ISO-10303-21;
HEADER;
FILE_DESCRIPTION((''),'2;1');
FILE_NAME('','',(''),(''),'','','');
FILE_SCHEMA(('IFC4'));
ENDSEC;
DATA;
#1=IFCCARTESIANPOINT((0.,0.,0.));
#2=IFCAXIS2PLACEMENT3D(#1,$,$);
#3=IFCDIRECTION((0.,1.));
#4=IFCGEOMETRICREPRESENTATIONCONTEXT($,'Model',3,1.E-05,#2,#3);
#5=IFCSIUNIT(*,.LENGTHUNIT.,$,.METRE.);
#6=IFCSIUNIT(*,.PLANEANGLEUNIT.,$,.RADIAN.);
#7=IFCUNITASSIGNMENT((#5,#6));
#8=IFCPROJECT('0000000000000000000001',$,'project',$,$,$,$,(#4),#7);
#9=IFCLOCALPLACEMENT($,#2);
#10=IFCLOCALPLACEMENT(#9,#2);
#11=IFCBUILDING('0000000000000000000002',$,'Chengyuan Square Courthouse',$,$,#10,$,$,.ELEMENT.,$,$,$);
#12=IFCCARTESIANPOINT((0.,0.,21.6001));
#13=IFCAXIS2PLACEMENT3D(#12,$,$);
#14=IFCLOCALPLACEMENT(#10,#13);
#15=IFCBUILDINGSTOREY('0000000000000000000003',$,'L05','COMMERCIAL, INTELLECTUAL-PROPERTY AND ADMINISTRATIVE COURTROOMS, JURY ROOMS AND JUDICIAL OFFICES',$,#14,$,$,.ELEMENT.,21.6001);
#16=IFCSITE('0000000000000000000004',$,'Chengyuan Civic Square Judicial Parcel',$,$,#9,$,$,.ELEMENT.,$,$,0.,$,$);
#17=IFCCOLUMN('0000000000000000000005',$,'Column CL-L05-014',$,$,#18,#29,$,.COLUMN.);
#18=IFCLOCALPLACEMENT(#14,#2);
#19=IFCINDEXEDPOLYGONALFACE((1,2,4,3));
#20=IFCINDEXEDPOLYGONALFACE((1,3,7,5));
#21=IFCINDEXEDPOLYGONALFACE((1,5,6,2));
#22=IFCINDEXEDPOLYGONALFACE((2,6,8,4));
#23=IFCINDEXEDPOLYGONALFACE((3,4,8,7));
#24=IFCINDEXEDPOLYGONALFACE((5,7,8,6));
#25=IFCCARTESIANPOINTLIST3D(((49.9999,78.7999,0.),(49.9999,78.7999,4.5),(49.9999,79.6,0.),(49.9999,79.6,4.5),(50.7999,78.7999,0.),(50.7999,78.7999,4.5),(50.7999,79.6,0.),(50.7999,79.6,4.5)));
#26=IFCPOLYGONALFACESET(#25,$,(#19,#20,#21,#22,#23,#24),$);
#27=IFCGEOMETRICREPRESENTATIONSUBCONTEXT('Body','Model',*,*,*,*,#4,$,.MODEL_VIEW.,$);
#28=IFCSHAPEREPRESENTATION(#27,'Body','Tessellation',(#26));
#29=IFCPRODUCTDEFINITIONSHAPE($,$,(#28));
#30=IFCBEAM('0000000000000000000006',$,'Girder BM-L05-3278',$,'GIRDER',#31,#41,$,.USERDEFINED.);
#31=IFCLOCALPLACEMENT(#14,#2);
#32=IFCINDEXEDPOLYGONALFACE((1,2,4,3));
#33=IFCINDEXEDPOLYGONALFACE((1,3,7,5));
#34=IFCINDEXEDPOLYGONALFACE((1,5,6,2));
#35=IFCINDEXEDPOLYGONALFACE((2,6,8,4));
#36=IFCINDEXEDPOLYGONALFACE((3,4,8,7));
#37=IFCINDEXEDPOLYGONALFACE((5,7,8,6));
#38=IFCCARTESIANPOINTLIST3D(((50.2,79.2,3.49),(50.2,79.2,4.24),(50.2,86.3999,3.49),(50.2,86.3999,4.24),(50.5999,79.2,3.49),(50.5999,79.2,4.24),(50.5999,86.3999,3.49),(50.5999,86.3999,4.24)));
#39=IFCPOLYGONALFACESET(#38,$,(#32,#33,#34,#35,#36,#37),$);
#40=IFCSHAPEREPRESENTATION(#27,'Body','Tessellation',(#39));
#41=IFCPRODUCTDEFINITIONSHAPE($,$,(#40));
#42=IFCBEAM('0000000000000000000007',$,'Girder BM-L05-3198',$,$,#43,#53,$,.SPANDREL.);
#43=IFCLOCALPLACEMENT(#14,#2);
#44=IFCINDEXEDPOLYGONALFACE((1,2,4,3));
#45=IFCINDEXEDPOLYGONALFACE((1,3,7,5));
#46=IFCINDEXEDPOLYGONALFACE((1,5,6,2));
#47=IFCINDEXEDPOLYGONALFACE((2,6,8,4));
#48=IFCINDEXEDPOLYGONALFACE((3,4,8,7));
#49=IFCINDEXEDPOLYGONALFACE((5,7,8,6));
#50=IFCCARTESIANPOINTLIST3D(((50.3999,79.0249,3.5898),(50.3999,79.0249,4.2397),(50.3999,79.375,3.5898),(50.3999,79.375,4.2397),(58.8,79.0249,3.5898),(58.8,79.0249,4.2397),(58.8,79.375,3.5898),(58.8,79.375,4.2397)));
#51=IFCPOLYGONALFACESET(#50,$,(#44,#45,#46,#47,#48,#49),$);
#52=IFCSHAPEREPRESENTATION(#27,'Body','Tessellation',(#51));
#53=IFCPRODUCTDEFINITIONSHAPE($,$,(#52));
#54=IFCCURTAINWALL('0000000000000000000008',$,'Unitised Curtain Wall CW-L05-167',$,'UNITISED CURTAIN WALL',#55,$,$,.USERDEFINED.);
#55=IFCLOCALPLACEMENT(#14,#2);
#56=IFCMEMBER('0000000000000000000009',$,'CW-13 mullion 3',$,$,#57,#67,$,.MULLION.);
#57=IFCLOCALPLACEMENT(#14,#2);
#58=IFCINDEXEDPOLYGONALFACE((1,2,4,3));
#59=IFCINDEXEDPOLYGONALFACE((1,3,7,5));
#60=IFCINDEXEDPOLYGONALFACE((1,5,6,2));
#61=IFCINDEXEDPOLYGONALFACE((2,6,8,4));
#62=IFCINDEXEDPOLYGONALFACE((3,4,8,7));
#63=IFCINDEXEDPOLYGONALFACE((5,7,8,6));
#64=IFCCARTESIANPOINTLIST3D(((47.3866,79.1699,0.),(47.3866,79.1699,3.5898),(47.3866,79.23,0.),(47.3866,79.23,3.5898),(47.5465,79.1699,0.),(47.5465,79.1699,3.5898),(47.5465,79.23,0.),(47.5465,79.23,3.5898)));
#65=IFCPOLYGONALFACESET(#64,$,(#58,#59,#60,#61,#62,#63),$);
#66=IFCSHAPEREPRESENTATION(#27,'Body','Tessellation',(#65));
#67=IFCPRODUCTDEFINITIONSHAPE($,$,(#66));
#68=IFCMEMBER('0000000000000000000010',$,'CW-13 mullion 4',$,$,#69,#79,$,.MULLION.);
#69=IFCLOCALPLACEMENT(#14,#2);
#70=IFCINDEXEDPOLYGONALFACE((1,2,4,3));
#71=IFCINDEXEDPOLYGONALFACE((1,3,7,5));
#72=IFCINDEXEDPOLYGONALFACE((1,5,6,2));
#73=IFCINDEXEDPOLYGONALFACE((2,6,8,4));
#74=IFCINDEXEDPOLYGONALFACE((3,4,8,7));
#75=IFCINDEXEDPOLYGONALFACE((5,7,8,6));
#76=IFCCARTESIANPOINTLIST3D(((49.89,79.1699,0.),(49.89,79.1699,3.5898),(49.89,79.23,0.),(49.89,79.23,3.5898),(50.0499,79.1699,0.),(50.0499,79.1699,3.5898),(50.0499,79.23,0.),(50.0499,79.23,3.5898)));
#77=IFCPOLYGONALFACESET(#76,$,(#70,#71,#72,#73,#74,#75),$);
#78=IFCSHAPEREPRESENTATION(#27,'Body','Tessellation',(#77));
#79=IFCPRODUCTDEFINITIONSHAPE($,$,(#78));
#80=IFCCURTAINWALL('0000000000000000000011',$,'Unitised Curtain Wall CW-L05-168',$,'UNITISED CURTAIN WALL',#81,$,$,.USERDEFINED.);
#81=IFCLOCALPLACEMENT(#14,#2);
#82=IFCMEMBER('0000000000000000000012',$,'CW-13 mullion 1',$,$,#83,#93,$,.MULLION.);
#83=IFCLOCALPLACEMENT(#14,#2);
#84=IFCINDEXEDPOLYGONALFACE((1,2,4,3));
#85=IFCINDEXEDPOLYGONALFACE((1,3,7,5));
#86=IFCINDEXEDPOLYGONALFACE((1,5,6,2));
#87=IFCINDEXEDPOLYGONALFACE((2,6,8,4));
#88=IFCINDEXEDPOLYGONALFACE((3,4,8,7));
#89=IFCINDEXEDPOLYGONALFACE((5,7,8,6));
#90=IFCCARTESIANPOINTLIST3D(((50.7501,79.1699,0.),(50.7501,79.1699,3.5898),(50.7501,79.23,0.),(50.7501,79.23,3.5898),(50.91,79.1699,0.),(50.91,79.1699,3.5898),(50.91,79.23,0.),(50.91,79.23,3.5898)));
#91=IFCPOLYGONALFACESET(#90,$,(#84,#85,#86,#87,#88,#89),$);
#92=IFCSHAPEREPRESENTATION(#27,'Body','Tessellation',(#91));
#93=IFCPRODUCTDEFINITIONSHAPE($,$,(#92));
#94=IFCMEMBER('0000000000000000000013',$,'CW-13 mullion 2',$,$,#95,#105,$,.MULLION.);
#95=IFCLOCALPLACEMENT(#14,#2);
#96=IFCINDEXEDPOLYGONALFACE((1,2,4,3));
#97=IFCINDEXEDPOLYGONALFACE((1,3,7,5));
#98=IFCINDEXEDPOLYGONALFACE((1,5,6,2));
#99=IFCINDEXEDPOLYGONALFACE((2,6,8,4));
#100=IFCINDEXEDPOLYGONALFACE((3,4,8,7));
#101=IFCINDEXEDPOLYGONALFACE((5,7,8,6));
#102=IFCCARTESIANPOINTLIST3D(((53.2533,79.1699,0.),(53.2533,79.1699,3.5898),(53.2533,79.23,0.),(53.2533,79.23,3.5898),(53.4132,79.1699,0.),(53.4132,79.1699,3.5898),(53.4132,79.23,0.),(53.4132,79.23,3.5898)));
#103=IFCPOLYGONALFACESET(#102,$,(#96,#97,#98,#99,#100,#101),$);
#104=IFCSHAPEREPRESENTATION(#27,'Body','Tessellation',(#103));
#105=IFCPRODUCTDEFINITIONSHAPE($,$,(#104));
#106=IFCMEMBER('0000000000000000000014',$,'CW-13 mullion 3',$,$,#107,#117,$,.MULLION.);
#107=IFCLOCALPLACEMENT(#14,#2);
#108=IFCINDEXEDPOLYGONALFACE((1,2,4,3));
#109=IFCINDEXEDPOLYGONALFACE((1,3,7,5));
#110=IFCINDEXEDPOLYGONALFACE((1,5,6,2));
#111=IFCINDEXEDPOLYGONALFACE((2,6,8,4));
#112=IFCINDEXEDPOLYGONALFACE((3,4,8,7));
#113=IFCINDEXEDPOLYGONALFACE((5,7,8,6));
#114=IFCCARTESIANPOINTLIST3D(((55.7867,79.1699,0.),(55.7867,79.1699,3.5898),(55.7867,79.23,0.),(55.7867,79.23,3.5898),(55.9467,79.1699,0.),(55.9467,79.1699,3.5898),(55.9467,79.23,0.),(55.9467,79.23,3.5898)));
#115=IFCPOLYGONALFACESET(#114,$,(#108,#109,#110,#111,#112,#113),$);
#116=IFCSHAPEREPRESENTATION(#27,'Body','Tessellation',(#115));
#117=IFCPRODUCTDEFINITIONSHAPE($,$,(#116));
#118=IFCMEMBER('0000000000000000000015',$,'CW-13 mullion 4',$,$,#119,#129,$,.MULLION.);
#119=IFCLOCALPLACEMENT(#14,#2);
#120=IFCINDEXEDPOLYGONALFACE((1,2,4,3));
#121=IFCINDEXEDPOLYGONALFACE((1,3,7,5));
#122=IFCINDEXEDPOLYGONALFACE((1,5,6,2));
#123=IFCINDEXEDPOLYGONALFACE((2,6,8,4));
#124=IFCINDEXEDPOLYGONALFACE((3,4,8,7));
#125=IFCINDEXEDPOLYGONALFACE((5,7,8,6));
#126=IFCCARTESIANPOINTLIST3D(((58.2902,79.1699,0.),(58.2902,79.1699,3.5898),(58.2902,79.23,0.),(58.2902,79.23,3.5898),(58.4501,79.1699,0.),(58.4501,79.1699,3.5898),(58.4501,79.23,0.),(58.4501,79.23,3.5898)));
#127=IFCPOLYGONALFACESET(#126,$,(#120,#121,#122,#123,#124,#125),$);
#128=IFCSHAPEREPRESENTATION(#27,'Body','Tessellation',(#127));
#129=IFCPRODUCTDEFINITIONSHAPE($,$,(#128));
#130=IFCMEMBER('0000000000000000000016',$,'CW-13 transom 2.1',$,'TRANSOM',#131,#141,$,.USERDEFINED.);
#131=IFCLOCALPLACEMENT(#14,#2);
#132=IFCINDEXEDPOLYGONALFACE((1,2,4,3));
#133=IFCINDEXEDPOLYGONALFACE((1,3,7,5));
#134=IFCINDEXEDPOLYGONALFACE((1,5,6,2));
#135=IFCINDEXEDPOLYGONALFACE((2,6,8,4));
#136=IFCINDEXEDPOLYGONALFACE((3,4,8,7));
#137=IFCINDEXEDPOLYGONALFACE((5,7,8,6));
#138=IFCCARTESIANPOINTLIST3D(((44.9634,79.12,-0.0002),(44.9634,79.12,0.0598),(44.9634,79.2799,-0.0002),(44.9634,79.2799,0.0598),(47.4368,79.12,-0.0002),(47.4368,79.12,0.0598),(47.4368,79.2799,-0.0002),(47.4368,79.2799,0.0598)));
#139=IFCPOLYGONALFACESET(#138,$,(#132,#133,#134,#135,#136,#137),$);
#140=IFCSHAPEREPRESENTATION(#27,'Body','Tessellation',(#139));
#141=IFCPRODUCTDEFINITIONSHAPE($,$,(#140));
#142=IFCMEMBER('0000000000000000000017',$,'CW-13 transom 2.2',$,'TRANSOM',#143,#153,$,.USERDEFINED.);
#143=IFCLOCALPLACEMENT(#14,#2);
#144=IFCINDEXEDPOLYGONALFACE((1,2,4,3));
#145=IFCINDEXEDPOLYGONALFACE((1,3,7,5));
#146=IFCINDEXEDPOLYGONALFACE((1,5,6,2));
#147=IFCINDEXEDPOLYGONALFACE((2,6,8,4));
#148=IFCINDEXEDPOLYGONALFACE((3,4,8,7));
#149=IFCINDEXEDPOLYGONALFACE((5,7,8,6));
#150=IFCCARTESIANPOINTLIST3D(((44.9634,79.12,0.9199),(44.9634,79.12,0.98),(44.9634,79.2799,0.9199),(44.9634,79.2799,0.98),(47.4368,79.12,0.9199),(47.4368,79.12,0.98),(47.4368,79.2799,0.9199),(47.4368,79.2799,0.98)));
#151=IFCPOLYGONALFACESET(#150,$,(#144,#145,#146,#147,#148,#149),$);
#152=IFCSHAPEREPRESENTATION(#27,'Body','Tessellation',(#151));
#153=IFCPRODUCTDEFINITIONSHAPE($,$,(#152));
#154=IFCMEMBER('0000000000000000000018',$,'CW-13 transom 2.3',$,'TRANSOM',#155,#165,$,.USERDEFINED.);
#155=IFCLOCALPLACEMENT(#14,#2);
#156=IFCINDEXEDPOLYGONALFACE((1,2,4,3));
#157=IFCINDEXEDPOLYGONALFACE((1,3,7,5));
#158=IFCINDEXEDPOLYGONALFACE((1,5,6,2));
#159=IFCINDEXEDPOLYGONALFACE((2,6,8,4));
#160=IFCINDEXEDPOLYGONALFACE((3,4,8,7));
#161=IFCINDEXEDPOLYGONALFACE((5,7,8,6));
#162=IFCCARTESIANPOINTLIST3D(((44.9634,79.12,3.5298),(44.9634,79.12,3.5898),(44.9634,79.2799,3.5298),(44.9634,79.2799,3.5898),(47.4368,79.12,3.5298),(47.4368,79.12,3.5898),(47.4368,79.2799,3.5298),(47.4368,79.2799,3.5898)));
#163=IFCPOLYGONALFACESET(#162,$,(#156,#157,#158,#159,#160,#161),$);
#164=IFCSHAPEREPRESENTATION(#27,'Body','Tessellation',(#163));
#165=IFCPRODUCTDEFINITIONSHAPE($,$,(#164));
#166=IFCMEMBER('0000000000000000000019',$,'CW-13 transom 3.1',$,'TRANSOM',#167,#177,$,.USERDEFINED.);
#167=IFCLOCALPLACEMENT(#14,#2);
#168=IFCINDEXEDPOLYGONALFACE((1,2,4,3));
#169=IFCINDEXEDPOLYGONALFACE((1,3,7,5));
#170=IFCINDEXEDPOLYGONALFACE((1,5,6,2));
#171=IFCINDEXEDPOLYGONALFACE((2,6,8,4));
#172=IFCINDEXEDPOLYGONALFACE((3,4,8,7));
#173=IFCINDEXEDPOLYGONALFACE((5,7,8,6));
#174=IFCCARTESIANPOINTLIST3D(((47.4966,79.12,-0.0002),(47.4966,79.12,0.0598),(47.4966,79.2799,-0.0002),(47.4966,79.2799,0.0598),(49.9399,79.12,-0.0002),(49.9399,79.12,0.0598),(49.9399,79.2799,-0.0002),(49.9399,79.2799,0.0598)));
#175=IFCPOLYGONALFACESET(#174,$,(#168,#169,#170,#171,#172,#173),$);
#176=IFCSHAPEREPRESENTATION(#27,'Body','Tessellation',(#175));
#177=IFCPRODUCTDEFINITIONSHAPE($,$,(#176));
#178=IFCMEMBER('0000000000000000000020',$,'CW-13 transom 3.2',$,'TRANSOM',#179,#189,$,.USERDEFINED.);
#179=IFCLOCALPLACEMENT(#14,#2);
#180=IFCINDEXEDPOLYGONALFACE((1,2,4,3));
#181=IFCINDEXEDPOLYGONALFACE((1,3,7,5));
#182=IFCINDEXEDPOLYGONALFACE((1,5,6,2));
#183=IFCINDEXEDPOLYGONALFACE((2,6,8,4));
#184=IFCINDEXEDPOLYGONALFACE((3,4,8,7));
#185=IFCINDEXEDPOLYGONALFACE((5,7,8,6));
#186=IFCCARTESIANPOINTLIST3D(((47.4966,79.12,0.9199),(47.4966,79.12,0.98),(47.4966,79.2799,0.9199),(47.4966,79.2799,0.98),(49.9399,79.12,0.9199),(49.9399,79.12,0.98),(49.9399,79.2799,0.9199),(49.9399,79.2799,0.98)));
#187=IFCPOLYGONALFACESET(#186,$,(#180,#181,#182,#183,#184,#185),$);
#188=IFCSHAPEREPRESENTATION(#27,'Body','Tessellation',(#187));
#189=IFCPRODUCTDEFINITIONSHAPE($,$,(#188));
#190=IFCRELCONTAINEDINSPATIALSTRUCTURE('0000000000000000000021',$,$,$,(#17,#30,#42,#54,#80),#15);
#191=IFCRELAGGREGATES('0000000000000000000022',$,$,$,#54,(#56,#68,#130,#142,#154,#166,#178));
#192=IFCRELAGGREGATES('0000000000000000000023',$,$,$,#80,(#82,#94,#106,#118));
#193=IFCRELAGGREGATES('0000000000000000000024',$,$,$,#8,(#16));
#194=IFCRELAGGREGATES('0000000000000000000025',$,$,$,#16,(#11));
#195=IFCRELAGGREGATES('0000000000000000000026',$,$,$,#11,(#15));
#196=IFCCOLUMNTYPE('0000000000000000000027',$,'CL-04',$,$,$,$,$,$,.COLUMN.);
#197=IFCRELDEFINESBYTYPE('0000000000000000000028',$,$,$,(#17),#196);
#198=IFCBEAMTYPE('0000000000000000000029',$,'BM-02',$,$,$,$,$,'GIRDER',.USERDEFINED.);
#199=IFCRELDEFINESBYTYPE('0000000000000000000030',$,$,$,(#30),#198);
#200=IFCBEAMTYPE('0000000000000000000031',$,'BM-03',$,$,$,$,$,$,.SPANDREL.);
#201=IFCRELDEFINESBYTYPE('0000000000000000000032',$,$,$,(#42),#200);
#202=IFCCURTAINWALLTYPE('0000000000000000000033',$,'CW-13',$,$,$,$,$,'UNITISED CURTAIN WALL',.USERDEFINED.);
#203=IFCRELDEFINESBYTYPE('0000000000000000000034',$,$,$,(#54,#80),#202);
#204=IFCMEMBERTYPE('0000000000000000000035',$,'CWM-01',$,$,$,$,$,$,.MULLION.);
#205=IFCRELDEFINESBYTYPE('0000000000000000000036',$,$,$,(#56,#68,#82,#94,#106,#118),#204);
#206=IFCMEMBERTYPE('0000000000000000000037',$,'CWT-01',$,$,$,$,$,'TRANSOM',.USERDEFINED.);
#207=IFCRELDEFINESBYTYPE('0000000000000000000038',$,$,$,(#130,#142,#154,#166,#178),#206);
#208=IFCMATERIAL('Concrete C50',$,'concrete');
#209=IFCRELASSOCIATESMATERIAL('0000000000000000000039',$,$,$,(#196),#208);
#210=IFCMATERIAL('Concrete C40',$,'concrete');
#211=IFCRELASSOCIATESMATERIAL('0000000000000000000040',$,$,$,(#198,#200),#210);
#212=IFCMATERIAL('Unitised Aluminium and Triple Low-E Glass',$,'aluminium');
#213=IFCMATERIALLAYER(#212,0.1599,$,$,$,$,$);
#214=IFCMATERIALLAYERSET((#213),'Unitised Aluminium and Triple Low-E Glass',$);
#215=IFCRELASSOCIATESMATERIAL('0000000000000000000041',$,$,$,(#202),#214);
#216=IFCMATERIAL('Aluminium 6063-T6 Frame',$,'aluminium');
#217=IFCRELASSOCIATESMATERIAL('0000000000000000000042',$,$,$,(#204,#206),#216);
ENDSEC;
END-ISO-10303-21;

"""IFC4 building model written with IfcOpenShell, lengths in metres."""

from ifc_helpers import new_model, si_unit, direction, frame, origin, origin_2d, place, context, subcontext, project, spatial, rectangle, extrude, material, layer, layer_set, material_profile, profile_set, type_object, element, aggregate, save


model = new_model("IFC4")

# Units and contexts
model_context = context("Model", 3, precision=1e-05, world=origin(), true_north=direction((0.0, 1.0)))
body_context = subcontext(model_context, "Body", "Model", "MODEL_VIEW")
ifc_project = project(units=[si_unit("LENGTHUNIT", "METRE"), si_unit("PLANEANGLEUNIT", "RADIAN")], contexts=[model_context])

# Site, building, storey
site_placement = place(None, origin())
site = spatial("IfcSite", under=ifc_project, at=site_placement, Name="Chengyuan Civic Square Judicial Parcel", CompositionType="ELEMENT", RefElevation=0.0)
building_placement = place(site_placement, origin())
building = spatial("IfcBuilding", under=site, at=building_placement, Name="Chengyuan Square Courthouse", CompositionType="ELEMENT")
storey_placement = place(building_placement, frame((0.0, 0.0, 21.6001)))
storey = spatial("IfcBuildingStorey", under=building, at=storey_placement, Name="L05", Description="COMMERCIAL, INTELLECTUAL-PROPERTY AND ADMINISTRATIVE COURTROOMS, JURY ROOMS AND JUDICIAL OFFICES", CompositionType="ELEMENT", Elevation=21.6001)

# Column
ifc_material_1 = material(Name="Concrete C50", Category="concrete")
ifc_material_profile_1 = material_profile(ifc_material_1, rectangle(XDim=0.8, YDim=0.8, at=origin_2d()), Name="RC-COL-800x800")
ifc_profile_set_1 = profile_set([ifc_material_profile_1], Name="Concrete C50")
column_type = type_object("IfcColumnType", Name="CL-04", PredefinedType="COLUMN", material=ifc_profile_set_1)
column_placement = place(storey_placement, frame((50.3999, 79.2, 0.0), z_axis=(0.0, 0.0, 1.0), x_axis=(1.0, 0.0, 0.0)))
element("IfcColumn", 1, at=column_placement, inside=storey, type_object=column_type, Name="Column CL-L05-014", PredefinedType="COLUMN", context=body_context, shape_type="SweptSolid", body=[
    extrude(rectangle(XDim=0.8, YDim=0.8, at=origin_2d()), origin(), (0.0, 0.0, 1.0), 4.5),
])

# Beams
ifc_material_2 = material(Name="Concrete C40", Category="concrete")
ifc_material_profile_2 = material_profile(ifc_material_2, rectangle(XDim=0.3999, YDim=0.75, at=origin_2d()), Name="RC-BM-400x750")
ifc_profile_set_2 = profile_set([ifc_material_profile_2], Name="Concrete C40")
beam_type_1 = type_object("IfcBeamType", Name="BM-02", ElementType="GIRDER", PredefinedType="USERDEFINED", material=ifc_profile_set_2)
beam_1_placement = place(storey_placement, frame((50.3999, 79.2, 3.865), z_axis=(0.0, 1.0, 0.0), x_axis=(-1.0, 0.0, 0.0)))
element("IfcBeam", 2, at=beam_1_placement, inside=storey, type_object=beam_type_1, Name="Girder BM-L05-3278", ObjectType="GIRDER", PredefinedType="USERDEFINED", context=body_context, shape_type="SweptSolid", body=[
    extrude(rectangle(XDim=0.3999, YDim=0.75, at=origin_2d()), origin(), (0.0, 0.0, 1.0), 7.2),
])
ifc_material_profile_3 = material_profile(ifc_material_2, rectangle(XDim=0.3501, YDim=0.6499, at=origin_2d()), Name="RC-BM-350x650")
ifc_profile_set_3 = profile_set([ifc_material_profile_3], Name="Concrete C40")
beam_type_2 = type_object("IfcBeamType", Name="BM-03", PredefinedType="SPANDREL", material=ifc_profile_set_3)
beam_2_placement = place(storey_placement, frame((50.3999, 79.2, 3.9148), z_axis=(1.0, 0.0, 0.0), x_axis=(0.0, 1.0, 0.0)))
element("IfcBeam", 3, at=beam_2_placement, inside=storey, type_object=beam_type_2, Name="Girder BM-L05-3198", PredefinedType="SPANDREL", context=body_context, shape_type="SweptSolid", body=[
    extrude(rectangle(XDim=0.3501, YDim=0.6499, at=origin_2d()), origin(), (0.0, 0.0, 1.0), 8.4001),
])

# Curtain walls, members
ifc_material_3 = material(Name="Unitised Aluminium and Triple Low-E Glass", Category="aluminium")
ifc_layer_1 = layer(ifc_material_3, 0.1599)
ifc_layer_set_1 = layer_set([ifc_layer_1], Name="Unitised Aluminium and Triple Low-E Glass")
curtain_wall_type = type_object("IfcCurtainWallType", Name="CW-13", ElementType="UNITISED CURTAIN WALL", PredefinedType="USERDEFINED", material=ifc_layer_set_1)
curtain_wall_1_placement = place(storey_placement, origin())
curtain_wall_1 = element("IfcCurtainWall", 4, at=curtain_wall_1_placement, inside=storey, type_object=curtain_wall_type, Name="Unitised Curtain Wall CW-L05-167", ObjectType="UNITISED CURTAIN WALL", PredefinedType="USERDEFINED")
ifc_material_4 = material(Name="Aluminium 6063-T6 Frame", Category="aluminium")
ifc_material_profile_4 = material_profile(ifc_material_4, rectangle(XDim=0.0601, YDim=0.1599, at=origin_2d()), Name="CW-MUL-60x160")
ifc_profile_set_4 = profile_set([ifc_material_profile_4], Name="Aluminium 6063-T6 Frame")
member_type_1 = type_object("IfcMemberType", Name="CWM-01", PredefinedType="MULLION", material=ifc_profile_set_4)
member_1_placement = place(storey_placement, frame((47.4666, 79.2, 0.0), z_axis=(0.0, 0.0, 1.0), x_axis=(0.0, 1.0, 0.0)))
member_1 = element("IfcMember", 5, at=member_1_placement, type_object=member_type_1, Name="CW-13 mullion 3", PredefinedType="MULLION", context=body_context, shape_type="SweptSolid", body=[
    extrude(rectangle(XDim=0.0601, YDim=0.1599, at=origin_2d()), origin(), (0.0, 0.0, 1.0), 3.5898),
])
member_2_placement = place(storey_placement, frame((49.97, 79.2, 0.0), z_axis=(0.0, 0.0, 1.0), x_axis=(0.0, 1.0, 0.0)))
member_2 = element("IfcMember", 6, at=member_2_placement, type_object=member_type_1, Name="CW-13 mullion 4", PredefinedType="MULLION", context=body_context, shape_type="SweptSolid", body=[
    extrude(rectangle(XDim=0.0601, YDim=0.1599, at=origin_2d()), origin(), (0.0, 0.0, 1.0), 3.5898),
])
curtain_wall_2_placement = place(storey_placement, origin())
curtain_wall_2 = element("IfcCurtainWall", 7, at=curtain_wall_2_placement, inside=storey, type_object=curtain_wall_type, Name="Unitised Curtain Wall CW-L05-168", ObjectType="UNITISED CURTAIN WALL", PredefinedType="USERDEFINED")
member_3_placement = place(storey_placement, frame((50.8301, 79.2, 0.0), z_axis=(0.0, 0.0, 1.0), x_axis=(0.0, 1.0, 0.0)))
member_3 = element("IfcMember", 8, at=member_3_placement, type_object=member_type_1, Name="CW-13 mullion 1", PredefinedType="MULLION", context=body_context, shape_type="SweptSolid", body=[
    extrude(rectangle(XDim=0.0601, YDim=0.1599, at=origin_2d()), origin(), (0.0, 0.0, 1.0), 3.5898),
])
member_4_placement = place(storey_placement, frame((53.3333, 79.2, 0.0), z_axis=(0.0, 0.0, 1.0), x_axis=(0.0, 1.0, 0.0)))
member_4 = element("IfcMember", 9, at=member_4_placement, type_object=member_type_1, Name="CW-13 mullion 2", PredefinedType="MULLION", context=body_context, shape_type="SweptSolid", body=[
    extrude(rectangle(XDim=0.0601, YDim=0.1599, at=origin_2d()), origin(), (0.0, 0.0, 1.0), 3.5898),
])
member_5_placement = place(storey_placement, frame((55.8667, 79.2, 0.0), z_axis=(0.0, 0.0, 1.0), x_axis=(0.0, 1.0, 0.0)))
member_5 = element("IfcMember", 10, at=member_5_placement, type_object=member_type_1, Name="CW-13 mullion 3", PredefinedType="MULLION", context=body_context, shape_type="SweptSolid", body=[
    extrude(rectangle(XDim=0.0601, YDim=0.1599, at=origin_2d()), origin(), (0.0, 0.0, 1.0), 3.5898),
])
member_6_placement = place(storey_placement, frame((58.3701, 79.2, 0.0), z_axis=(0.0, 0.0, 1.0), x_axis=(0.0, 1.0, 0.0)))
member_6 = element("IfcMember", 11, at=member_6_placement, type_object=member_type_1, Name="CW-13 mullion 4", PredefinedType="MULLION", context=body_context, shape_type="SweptSolid", body=[
    extrude(rectangle(XDim=0.0601, YDim=0.1599, at=origin_2d()), origin(), (0.0, 0.0, 1.0), 3.5898),
])

# Members
ifc_material_profile_5 = material_profile(ifc_material_4, rectangle(XDim=0.1599, YDim=0.0601, at=origin_2d()), Name="CW-TRN-60x120")
ifc_profile_set_5 = profile_set([ifc_material_profile_5], Name="Aluminium 6063-T6 Frame")
member_type_2 = type_object("IfcMemberType", Name="CWT-01", ElementType="TRANSOM", PredefinedType="USERDEFINED", material=ifc_profile_set_5)
member_7_placement = place(storey_placement, frame((44.9634, 79.2, 0.0298), z_axis=(1.0, 0.0, 0.0), x_axis=(0.0, 1.0, 0.0)))
member_7 = element("IfcMember", 12, at=member_7_placement, type_object=member_type_2, Name="CW-13 transom 2.1", ObjectType="TRANSOM", PredefinedType="USERDEFINED", context=body_context, shape_type="SweptSolid", body=[
    extrude(rectangle(XDim=0.1599, YDim=0.0601, at=origin_2d()), origin(), (0.0, 0.0, 1.0), 2.4734),
])
member_8_placement = place(storey_placement, frame((44.9634, 79.2, 0.95), z_axis=(1.0, 0.0, 0.0), x_axis=(0.0, 1.0, 0.0)))
member_8 = element("IfcMember", 13, at=member_8_placement, type_object=member_type_2, Name="CW-13 transom 2.2", ObjectType="TRANSOM", PredefinedType="USERDEFINED", context=body_context, shape_type="SweptSolid", body=[
    extrude(rectangle(XDim=0.1599, YDim=0.0601, at=origin_2d()), origin(), (0.0, 0.0, 1.0), 2.4734),
])
member_9_placement = place(storey_placement, frame((44.9634, 79.2, 3.5598), z_axis=(1.0, 0.0, 0.0), x_axis=(0.0, 1.0, 0.0)))
member_9 = element("IfcMember", 14, at=member_9_placement, type_object=member_type_2, Name="CW-13 transom 2.3", ObjectType="TRANSOM", PredefinedType="USERDEFINED", context=body_context, shape_type="SweptSolid", body=[
    extrude(rectangle(XDim=0.1599, YDim=0.0601, at=origin_2d()), origin(), (0.0, 0.0, 1.0), 2.4734),
])
member_10_placement = place(storey_placement, frame((47.4966, 79.2, 0.0298), z_axis=(1.0, 0.0, 0.0), x_axis=(0.0, 1.0, 0.0)))
member_10 = element("IfcMember", 15, at=member_10_placement, type_object=member_type_2, Name="CW-13 transom 3.1", ObjectType="TRANSOM", PredefinedType="USERDEFINED", context=body_context, shape_type="SweptSolid", body=[
    extrude(rectangle(XDim=0.1599, YDim=0.0601, at=origin_2d()), origin(), (0.0, 0.0, 1.0), 2.4434),
])
member_11_placement = place(storey_placement, frame((47.4966, 79.2, 0.95), z_axis=(1.0, 0.0, 0.0), x_axis=(0.0, 1.0, 0.0)))
member_11 = element("IfcMember", 16, at=member_11_placement, type_object=member_type_2, Name="CW-13 transom 3.2", ObjectType="TRANSOM", PredefinedType="USERDEFINED", context=body_context, shape_type="SweptSolid", body=[
    extrude(rectangle(XDim=0.1599, YDim=0.0601, at=origin_2d()), origin(), (0.0, 0.0, 1.0), 2.4434),
])

aggregate(curtain_wall_1, [member_1, member_2, member_7, member_8, member_9, member_10, member_11])
aggregate(curtain_wall_2, [member_3, member_4, member_5, member_6])

save(model, "model.ifc")
